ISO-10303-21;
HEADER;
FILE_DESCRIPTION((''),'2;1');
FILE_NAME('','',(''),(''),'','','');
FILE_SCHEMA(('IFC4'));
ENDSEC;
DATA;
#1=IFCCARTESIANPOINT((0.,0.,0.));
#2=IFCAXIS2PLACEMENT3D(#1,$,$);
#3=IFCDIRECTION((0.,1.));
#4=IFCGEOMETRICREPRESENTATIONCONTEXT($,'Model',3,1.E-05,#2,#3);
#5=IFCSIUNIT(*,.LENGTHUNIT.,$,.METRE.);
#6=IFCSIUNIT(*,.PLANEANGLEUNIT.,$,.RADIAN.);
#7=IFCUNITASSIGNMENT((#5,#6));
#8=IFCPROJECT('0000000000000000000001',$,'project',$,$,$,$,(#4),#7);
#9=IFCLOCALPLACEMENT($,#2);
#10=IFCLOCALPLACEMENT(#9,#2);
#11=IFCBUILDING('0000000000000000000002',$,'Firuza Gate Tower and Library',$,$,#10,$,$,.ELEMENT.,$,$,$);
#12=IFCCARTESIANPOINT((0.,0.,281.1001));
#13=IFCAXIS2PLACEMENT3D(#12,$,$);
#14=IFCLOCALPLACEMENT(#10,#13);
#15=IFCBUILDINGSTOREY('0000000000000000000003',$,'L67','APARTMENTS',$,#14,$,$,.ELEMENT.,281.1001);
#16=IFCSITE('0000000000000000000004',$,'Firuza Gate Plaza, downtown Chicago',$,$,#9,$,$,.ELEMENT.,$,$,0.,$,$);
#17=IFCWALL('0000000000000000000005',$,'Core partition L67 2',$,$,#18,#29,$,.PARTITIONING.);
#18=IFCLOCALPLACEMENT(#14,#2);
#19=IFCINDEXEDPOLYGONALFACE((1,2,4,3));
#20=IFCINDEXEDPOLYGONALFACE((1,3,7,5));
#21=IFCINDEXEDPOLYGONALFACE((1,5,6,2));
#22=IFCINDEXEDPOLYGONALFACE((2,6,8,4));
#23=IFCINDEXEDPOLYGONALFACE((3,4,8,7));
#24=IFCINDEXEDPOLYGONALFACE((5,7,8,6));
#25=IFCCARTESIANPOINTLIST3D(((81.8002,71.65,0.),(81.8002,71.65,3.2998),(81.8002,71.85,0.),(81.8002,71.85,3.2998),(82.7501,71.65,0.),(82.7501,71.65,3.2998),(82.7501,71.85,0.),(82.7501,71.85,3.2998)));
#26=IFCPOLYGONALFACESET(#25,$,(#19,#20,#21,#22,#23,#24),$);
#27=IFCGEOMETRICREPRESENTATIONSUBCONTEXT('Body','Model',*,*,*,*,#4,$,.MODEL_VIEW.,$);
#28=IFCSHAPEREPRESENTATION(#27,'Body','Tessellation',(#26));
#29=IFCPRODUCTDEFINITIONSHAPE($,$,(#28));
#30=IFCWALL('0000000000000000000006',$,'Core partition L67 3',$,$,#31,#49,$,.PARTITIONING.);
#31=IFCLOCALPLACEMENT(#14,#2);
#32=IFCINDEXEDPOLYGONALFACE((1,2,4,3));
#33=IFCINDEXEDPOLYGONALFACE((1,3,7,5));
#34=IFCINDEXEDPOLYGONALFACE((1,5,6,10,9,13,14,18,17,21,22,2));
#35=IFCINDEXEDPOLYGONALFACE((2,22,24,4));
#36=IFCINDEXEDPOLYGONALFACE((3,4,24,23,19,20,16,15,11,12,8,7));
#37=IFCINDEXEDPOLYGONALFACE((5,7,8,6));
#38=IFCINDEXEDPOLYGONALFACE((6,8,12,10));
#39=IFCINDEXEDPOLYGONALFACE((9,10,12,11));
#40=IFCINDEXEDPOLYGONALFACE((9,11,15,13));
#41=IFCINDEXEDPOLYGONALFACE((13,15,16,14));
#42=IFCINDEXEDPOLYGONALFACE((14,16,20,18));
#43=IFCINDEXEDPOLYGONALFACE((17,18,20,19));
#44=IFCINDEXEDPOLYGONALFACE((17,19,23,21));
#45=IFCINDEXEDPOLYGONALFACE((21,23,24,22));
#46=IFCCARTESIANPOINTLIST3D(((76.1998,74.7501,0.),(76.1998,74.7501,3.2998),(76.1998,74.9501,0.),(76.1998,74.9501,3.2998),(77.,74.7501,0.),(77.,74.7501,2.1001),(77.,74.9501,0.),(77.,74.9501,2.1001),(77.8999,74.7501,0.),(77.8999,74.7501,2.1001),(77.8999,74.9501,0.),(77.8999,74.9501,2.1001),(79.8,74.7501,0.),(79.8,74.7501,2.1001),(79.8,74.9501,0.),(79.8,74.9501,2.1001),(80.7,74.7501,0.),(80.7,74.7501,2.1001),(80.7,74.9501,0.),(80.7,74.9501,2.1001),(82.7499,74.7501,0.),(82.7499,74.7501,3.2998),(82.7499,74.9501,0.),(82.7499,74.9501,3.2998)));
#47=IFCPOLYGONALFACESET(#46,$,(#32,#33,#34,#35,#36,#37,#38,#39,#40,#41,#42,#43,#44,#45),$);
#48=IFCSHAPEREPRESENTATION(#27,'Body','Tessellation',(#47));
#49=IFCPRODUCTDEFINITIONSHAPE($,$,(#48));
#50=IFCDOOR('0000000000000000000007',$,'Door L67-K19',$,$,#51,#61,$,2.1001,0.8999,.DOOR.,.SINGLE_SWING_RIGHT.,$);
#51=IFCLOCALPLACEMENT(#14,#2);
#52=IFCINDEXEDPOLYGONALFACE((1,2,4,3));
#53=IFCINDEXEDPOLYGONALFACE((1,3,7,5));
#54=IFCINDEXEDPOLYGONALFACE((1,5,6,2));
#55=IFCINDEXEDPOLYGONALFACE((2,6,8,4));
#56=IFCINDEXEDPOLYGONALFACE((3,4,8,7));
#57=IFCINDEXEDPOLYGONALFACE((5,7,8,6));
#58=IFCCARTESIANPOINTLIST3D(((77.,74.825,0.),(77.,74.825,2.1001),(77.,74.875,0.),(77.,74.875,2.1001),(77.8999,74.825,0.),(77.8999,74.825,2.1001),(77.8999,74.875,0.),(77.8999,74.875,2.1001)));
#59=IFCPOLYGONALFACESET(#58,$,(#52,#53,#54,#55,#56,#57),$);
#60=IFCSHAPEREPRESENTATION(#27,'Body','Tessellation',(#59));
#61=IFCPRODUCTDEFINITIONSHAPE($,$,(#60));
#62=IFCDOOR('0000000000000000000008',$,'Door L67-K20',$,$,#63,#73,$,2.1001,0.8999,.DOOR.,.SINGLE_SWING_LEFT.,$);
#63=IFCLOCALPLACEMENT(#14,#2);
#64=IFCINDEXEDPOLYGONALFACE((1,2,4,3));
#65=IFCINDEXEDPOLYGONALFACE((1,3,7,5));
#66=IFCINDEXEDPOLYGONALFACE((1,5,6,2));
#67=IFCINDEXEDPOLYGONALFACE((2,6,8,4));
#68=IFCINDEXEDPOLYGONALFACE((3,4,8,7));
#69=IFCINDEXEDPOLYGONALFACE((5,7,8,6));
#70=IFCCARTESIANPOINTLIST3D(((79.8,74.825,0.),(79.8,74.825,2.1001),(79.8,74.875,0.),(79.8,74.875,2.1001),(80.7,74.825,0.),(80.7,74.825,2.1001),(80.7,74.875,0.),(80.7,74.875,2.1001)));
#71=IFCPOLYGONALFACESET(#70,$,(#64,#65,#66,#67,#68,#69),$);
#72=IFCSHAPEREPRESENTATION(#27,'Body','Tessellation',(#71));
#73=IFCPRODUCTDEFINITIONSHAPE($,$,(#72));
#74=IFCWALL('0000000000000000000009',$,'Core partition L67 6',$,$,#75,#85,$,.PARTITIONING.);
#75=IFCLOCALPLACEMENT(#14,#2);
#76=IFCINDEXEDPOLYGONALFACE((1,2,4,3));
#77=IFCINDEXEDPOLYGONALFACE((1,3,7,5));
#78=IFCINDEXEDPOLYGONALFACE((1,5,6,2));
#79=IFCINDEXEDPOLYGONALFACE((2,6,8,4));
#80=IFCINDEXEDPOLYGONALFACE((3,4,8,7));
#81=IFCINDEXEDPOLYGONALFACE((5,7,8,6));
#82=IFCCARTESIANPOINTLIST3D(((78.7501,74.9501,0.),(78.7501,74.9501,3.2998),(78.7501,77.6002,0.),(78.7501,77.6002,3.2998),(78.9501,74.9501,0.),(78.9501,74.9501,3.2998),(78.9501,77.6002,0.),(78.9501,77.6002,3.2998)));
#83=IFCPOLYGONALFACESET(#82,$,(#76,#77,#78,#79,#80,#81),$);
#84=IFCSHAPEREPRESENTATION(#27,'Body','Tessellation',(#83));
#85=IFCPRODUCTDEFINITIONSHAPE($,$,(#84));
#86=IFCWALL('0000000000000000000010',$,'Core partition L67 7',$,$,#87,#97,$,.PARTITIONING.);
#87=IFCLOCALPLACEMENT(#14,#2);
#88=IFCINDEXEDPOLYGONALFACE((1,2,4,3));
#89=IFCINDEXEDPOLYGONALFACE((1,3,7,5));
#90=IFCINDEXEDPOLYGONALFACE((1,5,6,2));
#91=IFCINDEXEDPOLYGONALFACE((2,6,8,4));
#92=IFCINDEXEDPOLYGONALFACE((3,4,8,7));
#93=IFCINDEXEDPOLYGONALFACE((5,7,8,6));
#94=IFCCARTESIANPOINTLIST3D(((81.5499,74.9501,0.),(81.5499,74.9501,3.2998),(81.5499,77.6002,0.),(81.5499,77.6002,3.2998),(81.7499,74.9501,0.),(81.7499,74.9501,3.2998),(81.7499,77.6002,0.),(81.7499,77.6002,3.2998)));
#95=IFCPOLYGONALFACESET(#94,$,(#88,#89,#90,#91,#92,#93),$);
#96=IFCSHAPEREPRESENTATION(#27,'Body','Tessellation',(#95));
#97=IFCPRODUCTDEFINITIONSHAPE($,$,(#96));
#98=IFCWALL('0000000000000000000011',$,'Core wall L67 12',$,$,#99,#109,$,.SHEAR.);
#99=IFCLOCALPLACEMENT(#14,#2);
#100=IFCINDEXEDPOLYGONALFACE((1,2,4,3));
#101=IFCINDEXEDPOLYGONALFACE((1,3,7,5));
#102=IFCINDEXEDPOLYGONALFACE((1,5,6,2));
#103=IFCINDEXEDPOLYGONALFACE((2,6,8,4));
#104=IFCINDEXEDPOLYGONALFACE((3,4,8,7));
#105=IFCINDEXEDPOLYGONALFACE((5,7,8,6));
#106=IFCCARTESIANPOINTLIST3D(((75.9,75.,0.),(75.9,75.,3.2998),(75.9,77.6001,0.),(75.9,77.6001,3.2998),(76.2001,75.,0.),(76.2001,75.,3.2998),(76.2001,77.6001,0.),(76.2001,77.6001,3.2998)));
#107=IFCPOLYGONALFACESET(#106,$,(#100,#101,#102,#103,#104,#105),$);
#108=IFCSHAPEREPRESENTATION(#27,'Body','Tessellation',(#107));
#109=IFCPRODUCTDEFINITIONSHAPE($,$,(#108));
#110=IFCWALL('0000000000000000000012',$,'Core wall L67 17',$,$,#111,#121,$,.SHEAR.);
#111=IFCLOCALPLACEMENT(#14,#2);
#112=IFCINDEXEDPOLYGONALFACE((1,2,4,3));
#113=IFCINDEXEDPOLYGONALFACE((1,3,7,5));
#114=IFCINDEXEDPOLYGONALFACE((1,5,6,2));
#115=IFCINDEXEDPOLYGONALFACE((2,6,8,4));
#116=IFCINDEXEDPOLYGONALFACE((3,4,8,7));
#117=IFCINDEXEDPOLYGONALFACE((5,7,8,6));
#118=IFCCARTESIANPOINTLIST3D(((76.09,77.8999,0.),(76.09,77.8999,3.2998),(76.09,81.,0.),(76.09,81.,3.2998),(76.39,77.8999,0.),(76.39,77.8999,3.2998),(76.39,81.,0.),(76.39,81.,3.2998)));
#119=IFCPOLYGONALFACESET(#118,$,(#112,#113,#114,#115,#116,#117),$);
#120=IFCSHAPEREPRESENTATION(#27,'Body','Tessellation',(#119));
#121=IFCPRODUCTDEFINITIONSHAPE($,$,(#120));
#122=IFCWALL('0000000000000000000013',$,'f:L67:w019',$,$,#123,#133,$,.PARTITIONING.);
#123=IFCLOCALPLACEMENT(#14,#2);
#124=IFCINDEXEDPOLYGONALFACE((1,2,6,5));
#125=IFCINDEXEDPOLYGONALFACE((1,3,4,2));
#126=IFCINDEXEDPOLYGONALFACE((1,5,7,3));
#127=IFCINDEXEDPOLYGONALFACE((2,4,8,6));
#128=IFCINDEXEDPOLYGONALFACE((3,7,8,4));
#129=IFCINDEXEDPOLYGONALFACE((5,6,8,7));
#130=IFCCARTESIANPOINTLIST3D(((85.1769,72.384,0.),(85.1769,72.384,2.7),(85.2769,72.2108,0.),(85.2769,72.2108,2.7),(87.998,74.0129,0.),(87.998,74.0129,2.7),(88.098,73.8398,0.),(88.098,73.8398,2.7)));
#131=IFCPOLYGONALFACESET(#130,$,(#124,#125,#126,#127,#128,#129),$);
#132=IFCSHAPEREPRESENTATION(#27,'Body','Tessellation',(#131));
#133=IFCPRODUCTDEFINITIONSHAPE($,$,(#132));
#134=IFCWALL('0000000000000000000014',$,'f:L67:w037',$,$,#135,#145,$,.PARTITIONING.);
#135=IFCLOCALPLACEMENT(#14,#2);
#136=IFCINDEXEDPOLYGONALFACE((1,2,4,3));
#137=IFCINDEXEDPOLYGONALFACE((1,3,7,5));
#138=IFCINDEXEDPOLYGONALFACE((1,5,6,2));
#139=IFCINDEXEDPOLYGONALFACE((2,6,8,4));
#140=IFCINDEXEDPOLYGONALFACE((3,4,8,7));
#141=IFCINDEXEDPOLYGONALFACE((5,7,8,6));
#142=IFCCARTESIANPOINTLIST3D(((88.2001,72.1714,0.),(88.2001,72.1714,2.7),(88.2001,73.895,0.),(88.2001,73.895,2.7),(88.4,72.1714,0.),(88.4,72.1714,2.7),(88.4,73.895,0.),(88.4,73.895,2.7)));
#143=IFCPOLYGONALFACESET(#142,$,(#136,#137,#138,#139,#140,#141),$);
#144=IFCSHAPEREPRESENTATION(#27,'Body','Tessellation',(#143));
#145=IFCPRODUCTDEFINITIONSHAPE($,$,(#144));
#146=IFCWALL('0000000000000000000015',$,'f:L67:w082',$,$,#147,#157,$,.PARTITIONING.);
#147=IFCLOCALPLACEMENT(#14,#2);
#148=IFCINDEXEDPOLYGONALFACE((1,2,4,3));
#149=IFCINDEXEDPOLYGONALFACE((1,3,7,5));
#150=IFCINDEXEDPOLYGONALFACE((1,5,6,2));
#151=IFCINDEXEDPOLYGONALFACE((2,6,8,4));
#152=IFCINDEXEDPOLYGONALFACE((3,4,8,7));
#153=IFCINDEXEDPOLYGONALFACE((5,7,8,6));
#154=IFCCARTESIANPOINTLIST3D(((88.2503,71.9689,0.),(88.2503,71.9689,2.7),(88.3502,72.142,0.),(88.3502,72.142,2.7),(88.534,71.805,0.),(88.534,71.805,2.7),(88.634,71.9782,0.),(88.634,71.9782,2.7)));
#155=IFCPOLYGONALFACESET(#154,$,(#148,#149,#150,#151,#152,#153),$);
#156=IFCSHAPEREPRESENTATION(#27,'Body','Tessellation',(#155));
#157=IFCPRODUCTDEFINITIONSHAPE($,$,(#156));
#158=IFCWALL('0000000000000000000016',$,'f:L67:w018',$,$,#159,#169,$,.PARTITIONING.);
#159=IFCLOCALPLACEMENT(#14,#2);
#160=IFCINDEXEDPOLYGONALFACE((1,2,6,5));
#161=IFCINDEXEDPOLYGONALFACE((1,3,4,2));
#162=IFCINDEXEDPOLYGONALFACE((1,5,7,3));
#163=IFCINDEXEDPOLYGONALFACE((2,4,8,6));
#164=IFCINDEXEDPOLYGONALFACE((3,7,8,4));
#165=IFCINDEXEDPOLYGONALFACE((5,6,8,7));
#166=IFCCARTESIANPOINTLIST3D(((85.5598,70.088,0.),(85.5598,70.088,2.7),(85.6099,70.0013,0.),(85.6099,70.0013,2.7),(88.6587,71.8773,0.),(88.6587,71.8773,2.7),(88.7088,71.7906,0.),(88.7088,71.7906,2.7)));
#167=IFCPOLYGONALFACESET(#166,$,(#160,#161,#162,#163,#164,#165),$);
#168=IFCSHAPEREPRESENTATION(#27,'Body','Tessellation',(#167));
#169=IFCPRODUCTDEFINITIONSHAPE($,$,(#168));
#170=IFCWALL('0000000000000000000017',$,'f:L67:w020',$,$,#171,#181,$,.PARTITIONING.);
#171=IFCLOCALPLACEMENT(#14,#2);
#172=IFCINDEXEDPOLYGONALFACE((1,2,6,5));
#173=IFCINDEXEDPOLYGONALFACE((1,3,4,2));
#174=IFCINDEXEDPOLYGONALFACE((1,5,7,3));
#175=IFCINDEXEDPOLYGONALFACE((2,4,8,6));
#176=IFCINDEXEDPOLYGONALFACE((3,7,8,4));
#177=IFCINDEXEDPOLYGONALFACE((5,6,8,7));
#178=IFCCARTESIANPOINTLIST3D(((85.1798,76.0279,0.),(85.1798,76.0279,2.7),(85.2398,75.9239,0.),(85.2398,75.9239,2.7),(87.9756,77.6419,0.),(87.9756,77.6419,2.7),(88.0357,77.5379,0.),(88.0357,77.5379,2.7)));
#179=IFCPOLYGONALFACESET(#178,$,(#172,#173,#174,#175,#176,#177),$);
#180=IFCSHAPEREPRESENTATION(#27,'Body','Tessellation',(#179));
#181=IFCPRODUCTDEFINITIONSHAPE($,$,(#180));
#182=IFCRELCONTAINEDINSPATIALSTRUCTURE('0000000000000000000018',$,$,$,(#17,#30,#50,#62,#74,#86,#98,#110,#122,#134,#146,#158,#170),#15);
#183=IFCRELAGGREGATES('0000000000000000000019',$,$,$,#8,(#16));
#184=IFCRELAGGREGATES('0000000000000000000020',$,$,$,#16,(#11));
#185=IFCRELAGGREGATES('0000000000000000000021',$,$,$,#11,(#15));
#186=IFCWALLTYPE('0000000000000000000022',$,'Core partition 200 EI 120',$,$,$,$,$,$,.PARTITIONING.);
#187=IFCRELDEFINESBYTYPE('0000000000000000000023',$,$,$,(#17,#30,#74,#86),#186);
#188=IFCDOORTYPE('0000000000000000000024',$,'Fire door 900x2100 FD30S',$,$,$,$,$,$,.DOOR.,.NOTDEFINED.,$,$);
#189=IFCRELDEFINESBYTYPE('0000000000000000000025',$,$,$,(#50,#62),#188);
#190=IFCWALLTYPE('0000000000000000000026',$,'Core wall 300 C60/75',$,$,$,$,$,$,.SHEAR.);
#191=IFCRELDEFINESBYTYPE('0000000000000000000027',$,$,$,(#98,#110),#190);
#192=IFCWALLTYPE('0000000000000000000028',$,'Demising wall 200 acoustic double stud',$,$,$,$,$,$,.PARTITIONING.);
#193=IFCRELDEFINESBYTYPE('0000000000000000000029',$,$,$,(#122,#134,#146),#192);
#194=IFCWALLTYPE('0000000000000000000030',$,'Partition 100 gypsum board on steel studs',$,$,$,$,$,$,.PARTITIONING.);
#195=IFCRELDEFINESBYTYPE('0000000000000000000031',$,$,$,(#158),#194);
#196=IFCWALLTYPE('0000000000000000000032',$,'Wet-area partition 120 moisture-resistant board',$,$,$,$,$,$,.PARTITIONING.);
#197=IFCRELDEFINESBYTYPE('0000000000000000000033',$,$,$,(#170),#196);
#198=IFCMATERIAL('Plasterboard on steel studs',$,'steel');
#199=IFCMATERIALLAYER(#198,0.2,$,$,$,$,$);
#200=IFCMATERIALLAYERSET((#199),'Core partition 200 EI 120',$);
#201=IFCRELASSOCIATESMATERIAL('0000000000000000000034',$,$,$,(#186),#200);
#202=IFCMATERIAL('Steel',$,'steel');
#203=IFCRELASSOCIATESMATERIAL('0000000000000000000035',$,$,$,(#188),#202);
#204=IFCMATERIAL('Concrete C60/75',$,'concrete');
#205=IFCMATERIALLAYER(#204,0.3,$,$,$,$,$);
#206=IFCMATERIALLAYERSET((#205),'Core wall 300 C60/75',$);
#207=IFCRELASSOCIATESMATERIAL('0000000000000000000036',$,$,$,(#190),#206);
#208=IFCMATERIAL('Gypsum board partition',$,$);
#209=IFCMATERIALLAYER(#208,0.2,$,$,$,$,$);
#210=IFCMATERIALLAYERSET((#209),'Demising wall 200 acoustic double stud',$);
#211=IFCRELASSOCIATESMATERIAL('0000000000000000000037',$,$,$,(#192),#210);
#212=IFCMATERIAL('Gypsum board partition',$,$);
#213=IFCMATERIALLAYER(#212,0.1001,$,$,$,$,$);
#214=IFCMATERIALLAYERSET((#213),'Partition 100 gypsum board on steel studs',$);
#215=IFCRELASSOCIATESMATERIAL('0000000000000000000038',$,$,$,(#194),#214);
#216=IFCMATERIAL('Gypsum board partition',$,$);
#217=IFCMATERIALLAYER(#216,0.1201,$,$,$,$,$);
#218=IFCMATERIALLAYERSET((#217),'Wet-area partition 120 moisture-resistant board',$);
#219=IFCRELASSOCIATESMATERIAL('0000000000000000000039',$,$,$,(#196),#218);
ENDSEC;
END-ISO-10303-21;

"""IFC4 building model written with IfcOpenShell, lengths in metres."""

from ifc_helpers import new_model, si_unit, direction, frame, frame_2d, origin, place, context, subcontext, project, spatial, rectangle, extrude, material, layer, layer_set, type_object, element, fill, save


model = new_model("IFC4")

# Units and contexts
model_context = context("Model", 3, precision=1e-05, world=origin(), true_north=direction((0.0, 1.0)))
body_context = subcontext(model_context, "Body", "Model", "MODEL_VIEW")
ifc_project = project(units=[si_unit("LENGTHUNIT", "METRE"), si_unit("PLANEANGLEUNIT", "RADIAN")], contexts=[model_context])

# Site, building, storey
site_placement = place(None, origin())
site = spatial("IfcSite", under=ifc_project, at=site_placement, Name="Firuza Gate Plaza, downtown Chicago", CompositionType="ELEMENT", RefElevation=0.0)
building_placement = place(site_placement, origin())
building = spatial("IfcBuilding", under=site, at=building_placement, Name="Firuza Gate Tower and Library", CompositionType="ELEMENT")
storey_placement = place(building_placement, frame((0.0, 0.0, 281.1001)))
storey = spatial("IfcBuildingStorey", under=building, at=storey_placement, Name="L67", Description="APARTMENTS", CompositionType="ELEMENT", Elevation=281.1001)

# Wall
ifc_material_1 = material(Name="Plasterboard on steel studs", Category="steel")
ifc_layer_1 = layer(ifc_material_1, 0.2)
ifc_layer_set_1 = layer_set([ifc_layer_1], Name="Core partition 200 EI 120")
wall_type_1 = type_object("IfcWallType", Name="Core partition 200 EI 120", PredefinedType="PARTITIONING", material=ifc_layer_set_1)
wall_1_placement = place(storey_placement, frame((81.8, 71.75, 0.0), z_axis=(0.0, 0.0, 1.0), x_axis=(1.0, 0.0, 0.0)))
element("IfcWall", 1, at=wall_1_placement, inside=storey, type_object=wall_type_1, Name="Core partition L67 2", PredefinedType="PARTITIONING", context=body_context, shape_type="SweptSolid", body=[
    extrude(rectangle(XDim=0.95, YDim=0.2, at=frame_2d((0.4751, 0.0))), origin(), (0.0, 0.0, 1.0), 3.2998),
])

# Wall, openings, doors
wall_2_placement = place(storey_placement, frame((76.2, 74.8501, 0.0), z_axis=(0.0, 0.0, 1.0), x_axis=(1.0, 0.0, 0.0)))
wall_2 = element("IfcWall", 2, at=wall_2_placement, inside=storey, type_object=wall_type_1, Name="Core partition L67 3", PredefinedType="PARTITIONING", context=body_context, shape_type="SweptSolid", body=[
    extrude(rectangle(XDim=6.55, YDim=0.2, at=frame_2d((3.2749, 0.0))), origin(), (0.0, 0.0, 1.0), 3.2998),
])
opening_1_placement = place(wall_2_placement, frame((0.8, 0.0, 0.0)))
opening_1 = element("IfcOpeningElement", 3, at=opening_1_placement, cuts=wall_2, PredefinedType="OPENING", context=body_context, shape_type="SweptSolid", body=[
    extrude(rectangle(XDim=0.8999, YDim=2.1001, at=frame_2d((0.45, 1.05))), frame((0.0, 0.1099, 0.0), z_axis=(0.0, -1.0, 0.0), x_axis=(1.0, 0.0, 0.0)), (0.0, 0.0, 1.0), 0.22),
])
opening_2_placement = place(wall_2_placement, frame((3.6001, 0.0, 0.0)))
opening_2 = element("IfcOpeningElement", 4, at=opening_2_placement, cuts=wall_2, PredefinedType="OPENING", context=body_context, shape_type="SweptSolid", body=[
    extrude(rectangle(XDim=0.8999, YDim=2.1001, at=frame_2d((0.45, 1.05))), frame((0.0, 0.1099, 0.0), z_axis=(0.0, -1.0, 0.0), x_axis=(1.0, 0.0, 0.0)), (0.0, 0.0, 1.0), 0.22),
])
ifc_material_2 = material(Name="Steel", Category="steel")
door_type = type_object("IfcDoorType", Name="Fire door 900x2100 FD30S", OperationType="NOTDEFINED", PredefinedType="DOOR", material=ifc_material_2)
door_1_placement = place(opening_1_placement, origin())
door_1 = element("IfcDoor", 5, at=door_1_placement, inside=storey, type_object=door_type, Name="Door L67-K19", OperationType="SINGLE_SWING_RIGHT", OverallHeight=2.1001, OverallWidth=0.8999, PredefinedType="DOOR", context=body_context, shape_type="SweptSolid", body=[
    extrude(rectangle(XDim=0.8999, YDim=2.1001, at=frame_2d((0.45, 1.05))), frame((0.0, 0.0249, 0.0), z_axis=(0.0, -1.0, 0.0), x_axis=(1.0, 0.0, 0.0)), (0.0, 0.0, 1.0), 0.05),
])
fill(opening_1, door_1)
door_2_placement = place(opening_2_placement, origin())
door_2 = element("IfcDoor", 6, at=door_2_placement, inside=storey, type_object=door_type, Name="Door L67-K20", OperationType="SINGLE_SWING_LEFT", OverallHeight=2.1001, OverallWidth=0.8999, PredefinedType="DOOR", context=body_context, shape_type="SweptSolid", body=[
    extrude(rectangle(XDim=0.8999, YDim=2.1001, at=frame_2d((0.45, 1.05))), frame((0.0, 0.0249, 0.0), z_axis=(0.0, -1.0, 0.0), x_axis=(1.0, 0.0, 0.0)), (0.0, 0.0, 1.0), 0.05),
])
fill(opening_2, door_2)

# Walls
for number, where, z_axis, x_axis, name in (
    (7, (78.8501, 74.95, 0.0), (0.0, 0.0, 1.0), (0.0, 1.0, 0.0), "Core partition L67 6"),
    (8, (81.6499, 74.95, 0.0), (0.0, 0.0, 1.0), (0.0, 1.0, 0.0), "Core partition L67 7"),
):
    element("IfcWall", number, at=place(storey_placement, frame(where, z_axis=z_axis, x_axis=x_axis)), inside=storey, type_object=wall_type_1, Name=name, PredefinedType="PARTITIONING", context=body_context, shape_type="SweptSolid", body=[
        extrude(rectangle(XDim=2.6501, YDim=0.2, at=frame_2d((1.3252, 0.0))), origin(), (0.0, 0.0, 1.0), 3.2998),
    ])
ifc_material_3 = material(Name="Concrete C60/75", Category="concrete")
ifc_layer_2 = layer(ifc_material_3, 0.3)
ifc_layer_set_2 = layer_set([ifc_layer_2], Name="Core wall 300 C60/75")
wall_type_2 = type_object("IfcWallType", Name="Core wall 300 C60/75", PredefinedType="SHEAR", material=ifc_layer_set_2)
wall_3_placement = place(storey_placement, frame((76.05, 75.0, 0.0), z_axis=(0.0, 0.0, 1.0), x_axis=(0.0, 1.0, 0.0)))
element("IfcWall", 9, at=wall_3_placement, inside=storey, type_object=wall_type_2, Name="Core wall L67 12", PredefinedType="SHEAR", context=body_context, shape_type="SweptSolid", body=[
    extrude(rectangle(XDim=2.6001, YDim=0.3, at=frame_2d((1.3, 0.0))), origin(), (0.0, 0.0, 1.0), 3.2998),
])
wall_4_placement = place(storey_placement, frame((76.24, 77.8999, 0.0), z_axis=(0.0, 0.0, 1.0), x_axis=(0.0, 1.0, 0.0)))
element("IfcWall", 10, at=wall_4_placement, inside=storey, type_object=wall_type_2, Name="Core wall L67 17", PredefinedType="SHEAR", context=body_context, shape_type="SweptSolid", body=[
    extrude(rectangle(XDim=3.1001, YDim=0.3, at=frame_2d((1.55, 0.0))), origin(), (0.0, 0.0, 1.0), 3.2998),
])
ifc_material_4 = material(Name="Gypsum board partition")
ifc_layer_3 = layer(ifc_material_4, 0.2)
ifc_layer_set_3 = layer_set([ifc_layer_3], Name="Demising wall 200 acoustic double stud")
wall_type_3 = type_object("IfcWallType", Name="Demising wall 200 acoustic double stud", PredefinedType="PARTITIONING", material=ifc_layer_set_3)
wall_5_placement = place(storey_placement, frame((85.2268, 72.2974, 0.0), z_axis=(0.0, 0.0, 1.0), x_axis=(0.866002, 0.50004, 0.0)))
element("IfcWall", 11, at=wall_5_placement, inside=storey, type_object=wall_type_3, Name="f:L67:w019", PredefinedType="PARTITIONING", context=body_context, shape_type="SweptSolid", body=[
    extrude(rectangle(XDim=3.2576, YDim=0.2, at=frame_2d((1.6289, 0.0))), origin(), (0.0, 0.0, 1.0), 2.7),
])
wall_6_placement = place(storey_placement, frame((88.3, 72.1714, 0.0), z_axis=(0.0, 0.0, 1.0), x_axis=(0.0, 1.0, 0.0)))
element("IfcWall", 12, at=wall_6_placement, inside=storey, type_object=wall_type_3, Name="f:L67:w037", PredefinedType="PARTITIONING", context=body_context, shape_type="SweptSolid", body=[
    extrude(rectangle(XDim=1.7236, YDim=0.2, at=frame_2d((0.8618, 0.0))), origin(), (0.0, 0.0, 1.0), 2.7),
])
wall_7_placement = place(storey_placement, frame((88.584, 71.8916, 0.0), z_axis=(0.0, 0.0, 1.0), x_axis=(-0.865987, 0.500067, 0.0)))
element("IfcWall", 13, at=wall_7_placement, inside=storey, type_object=wall_type_3, Name="f:L67:w082", PredefinedType="PARTITIONING", context=body_context, shape_type="SweptSolid", body=[
    extrude(rectangle(XDim=0.3276, YDim=0.2, at=frame_2d((0.1638, 0.0))), origin(), (0.0, 0.0, 1.0), 2.7),
])
ifc_material_5 = material(Name="Gypsum board partition")
ifc_layer_4 = layer(ifc_material_5, 0.1001)
ifc_layer_set_4 = layer_set([ifc_layer_4], Name="Partition 100 gypsum board on steel studs")
wall_type_4 = type_object("IfcWallType", Name="Partition 100 gypsum board on steel studs", PredefinedType="PARTITIONING", material=ifc_layer_set_4)
wall_8_placement = place(storey_placement, frame((85.585, 70.0447, 0.0), z_axis=(0.0, 0.0, 1.0), x_axis=(0.866005, 0.500035, 0.0)))
element("IfcWall", 14, at=wall_8_placement, inside=storey, type_object=wall_type_4, Name="f:L67:w018", PredefinedType="PARTITIONING", context=body_context, shape_type="SweptSolid", body=[
    extrude(rectangle(XDim=3.5784, YDim=0.1001, at=frame_2d((1.7891, 0.0))), origin(), (0.0, 0.0, 1.0), 2.7),
])
ifc_material_6 = material(Name="Gypsum board partition")
ifc_layer_5 = layer(ifc_material_6, 0.1201)
ifc_layer_set_5 = layer_set([ifc_layer_5], Name="Wet-area partition 120 moisture-resistant board")
wall_type_5 = type_object("IfcWallType", Name="Wet-area partition 120 moisture-resistant board", PredefinedType="PARTITIONING", material=ifc_layer_set_5)
wall_9_placement = place(storey_placement, frame((85.2097, 75.9758, 0.0), z_axis=(0.0, 0.0, 1.0), x_axis=(0.866052, 0.499954, 0.0)))
element("IfcWall", 15, at=wall_9_placement, inside=storey, type_object=wall_type_5, Name="f:L67:w020", PredefinedType="PARTITIONING", context=body_context, shape_type="SweptSolid", body=[
    extrude(rectangle(XDim=3.2283, YDim=0.1201, at=frame_2d((1.6143, 0.0))), origin(), (0.0, 0.0, 1.0), 2.7),
])

save(model, "model.ifc")
